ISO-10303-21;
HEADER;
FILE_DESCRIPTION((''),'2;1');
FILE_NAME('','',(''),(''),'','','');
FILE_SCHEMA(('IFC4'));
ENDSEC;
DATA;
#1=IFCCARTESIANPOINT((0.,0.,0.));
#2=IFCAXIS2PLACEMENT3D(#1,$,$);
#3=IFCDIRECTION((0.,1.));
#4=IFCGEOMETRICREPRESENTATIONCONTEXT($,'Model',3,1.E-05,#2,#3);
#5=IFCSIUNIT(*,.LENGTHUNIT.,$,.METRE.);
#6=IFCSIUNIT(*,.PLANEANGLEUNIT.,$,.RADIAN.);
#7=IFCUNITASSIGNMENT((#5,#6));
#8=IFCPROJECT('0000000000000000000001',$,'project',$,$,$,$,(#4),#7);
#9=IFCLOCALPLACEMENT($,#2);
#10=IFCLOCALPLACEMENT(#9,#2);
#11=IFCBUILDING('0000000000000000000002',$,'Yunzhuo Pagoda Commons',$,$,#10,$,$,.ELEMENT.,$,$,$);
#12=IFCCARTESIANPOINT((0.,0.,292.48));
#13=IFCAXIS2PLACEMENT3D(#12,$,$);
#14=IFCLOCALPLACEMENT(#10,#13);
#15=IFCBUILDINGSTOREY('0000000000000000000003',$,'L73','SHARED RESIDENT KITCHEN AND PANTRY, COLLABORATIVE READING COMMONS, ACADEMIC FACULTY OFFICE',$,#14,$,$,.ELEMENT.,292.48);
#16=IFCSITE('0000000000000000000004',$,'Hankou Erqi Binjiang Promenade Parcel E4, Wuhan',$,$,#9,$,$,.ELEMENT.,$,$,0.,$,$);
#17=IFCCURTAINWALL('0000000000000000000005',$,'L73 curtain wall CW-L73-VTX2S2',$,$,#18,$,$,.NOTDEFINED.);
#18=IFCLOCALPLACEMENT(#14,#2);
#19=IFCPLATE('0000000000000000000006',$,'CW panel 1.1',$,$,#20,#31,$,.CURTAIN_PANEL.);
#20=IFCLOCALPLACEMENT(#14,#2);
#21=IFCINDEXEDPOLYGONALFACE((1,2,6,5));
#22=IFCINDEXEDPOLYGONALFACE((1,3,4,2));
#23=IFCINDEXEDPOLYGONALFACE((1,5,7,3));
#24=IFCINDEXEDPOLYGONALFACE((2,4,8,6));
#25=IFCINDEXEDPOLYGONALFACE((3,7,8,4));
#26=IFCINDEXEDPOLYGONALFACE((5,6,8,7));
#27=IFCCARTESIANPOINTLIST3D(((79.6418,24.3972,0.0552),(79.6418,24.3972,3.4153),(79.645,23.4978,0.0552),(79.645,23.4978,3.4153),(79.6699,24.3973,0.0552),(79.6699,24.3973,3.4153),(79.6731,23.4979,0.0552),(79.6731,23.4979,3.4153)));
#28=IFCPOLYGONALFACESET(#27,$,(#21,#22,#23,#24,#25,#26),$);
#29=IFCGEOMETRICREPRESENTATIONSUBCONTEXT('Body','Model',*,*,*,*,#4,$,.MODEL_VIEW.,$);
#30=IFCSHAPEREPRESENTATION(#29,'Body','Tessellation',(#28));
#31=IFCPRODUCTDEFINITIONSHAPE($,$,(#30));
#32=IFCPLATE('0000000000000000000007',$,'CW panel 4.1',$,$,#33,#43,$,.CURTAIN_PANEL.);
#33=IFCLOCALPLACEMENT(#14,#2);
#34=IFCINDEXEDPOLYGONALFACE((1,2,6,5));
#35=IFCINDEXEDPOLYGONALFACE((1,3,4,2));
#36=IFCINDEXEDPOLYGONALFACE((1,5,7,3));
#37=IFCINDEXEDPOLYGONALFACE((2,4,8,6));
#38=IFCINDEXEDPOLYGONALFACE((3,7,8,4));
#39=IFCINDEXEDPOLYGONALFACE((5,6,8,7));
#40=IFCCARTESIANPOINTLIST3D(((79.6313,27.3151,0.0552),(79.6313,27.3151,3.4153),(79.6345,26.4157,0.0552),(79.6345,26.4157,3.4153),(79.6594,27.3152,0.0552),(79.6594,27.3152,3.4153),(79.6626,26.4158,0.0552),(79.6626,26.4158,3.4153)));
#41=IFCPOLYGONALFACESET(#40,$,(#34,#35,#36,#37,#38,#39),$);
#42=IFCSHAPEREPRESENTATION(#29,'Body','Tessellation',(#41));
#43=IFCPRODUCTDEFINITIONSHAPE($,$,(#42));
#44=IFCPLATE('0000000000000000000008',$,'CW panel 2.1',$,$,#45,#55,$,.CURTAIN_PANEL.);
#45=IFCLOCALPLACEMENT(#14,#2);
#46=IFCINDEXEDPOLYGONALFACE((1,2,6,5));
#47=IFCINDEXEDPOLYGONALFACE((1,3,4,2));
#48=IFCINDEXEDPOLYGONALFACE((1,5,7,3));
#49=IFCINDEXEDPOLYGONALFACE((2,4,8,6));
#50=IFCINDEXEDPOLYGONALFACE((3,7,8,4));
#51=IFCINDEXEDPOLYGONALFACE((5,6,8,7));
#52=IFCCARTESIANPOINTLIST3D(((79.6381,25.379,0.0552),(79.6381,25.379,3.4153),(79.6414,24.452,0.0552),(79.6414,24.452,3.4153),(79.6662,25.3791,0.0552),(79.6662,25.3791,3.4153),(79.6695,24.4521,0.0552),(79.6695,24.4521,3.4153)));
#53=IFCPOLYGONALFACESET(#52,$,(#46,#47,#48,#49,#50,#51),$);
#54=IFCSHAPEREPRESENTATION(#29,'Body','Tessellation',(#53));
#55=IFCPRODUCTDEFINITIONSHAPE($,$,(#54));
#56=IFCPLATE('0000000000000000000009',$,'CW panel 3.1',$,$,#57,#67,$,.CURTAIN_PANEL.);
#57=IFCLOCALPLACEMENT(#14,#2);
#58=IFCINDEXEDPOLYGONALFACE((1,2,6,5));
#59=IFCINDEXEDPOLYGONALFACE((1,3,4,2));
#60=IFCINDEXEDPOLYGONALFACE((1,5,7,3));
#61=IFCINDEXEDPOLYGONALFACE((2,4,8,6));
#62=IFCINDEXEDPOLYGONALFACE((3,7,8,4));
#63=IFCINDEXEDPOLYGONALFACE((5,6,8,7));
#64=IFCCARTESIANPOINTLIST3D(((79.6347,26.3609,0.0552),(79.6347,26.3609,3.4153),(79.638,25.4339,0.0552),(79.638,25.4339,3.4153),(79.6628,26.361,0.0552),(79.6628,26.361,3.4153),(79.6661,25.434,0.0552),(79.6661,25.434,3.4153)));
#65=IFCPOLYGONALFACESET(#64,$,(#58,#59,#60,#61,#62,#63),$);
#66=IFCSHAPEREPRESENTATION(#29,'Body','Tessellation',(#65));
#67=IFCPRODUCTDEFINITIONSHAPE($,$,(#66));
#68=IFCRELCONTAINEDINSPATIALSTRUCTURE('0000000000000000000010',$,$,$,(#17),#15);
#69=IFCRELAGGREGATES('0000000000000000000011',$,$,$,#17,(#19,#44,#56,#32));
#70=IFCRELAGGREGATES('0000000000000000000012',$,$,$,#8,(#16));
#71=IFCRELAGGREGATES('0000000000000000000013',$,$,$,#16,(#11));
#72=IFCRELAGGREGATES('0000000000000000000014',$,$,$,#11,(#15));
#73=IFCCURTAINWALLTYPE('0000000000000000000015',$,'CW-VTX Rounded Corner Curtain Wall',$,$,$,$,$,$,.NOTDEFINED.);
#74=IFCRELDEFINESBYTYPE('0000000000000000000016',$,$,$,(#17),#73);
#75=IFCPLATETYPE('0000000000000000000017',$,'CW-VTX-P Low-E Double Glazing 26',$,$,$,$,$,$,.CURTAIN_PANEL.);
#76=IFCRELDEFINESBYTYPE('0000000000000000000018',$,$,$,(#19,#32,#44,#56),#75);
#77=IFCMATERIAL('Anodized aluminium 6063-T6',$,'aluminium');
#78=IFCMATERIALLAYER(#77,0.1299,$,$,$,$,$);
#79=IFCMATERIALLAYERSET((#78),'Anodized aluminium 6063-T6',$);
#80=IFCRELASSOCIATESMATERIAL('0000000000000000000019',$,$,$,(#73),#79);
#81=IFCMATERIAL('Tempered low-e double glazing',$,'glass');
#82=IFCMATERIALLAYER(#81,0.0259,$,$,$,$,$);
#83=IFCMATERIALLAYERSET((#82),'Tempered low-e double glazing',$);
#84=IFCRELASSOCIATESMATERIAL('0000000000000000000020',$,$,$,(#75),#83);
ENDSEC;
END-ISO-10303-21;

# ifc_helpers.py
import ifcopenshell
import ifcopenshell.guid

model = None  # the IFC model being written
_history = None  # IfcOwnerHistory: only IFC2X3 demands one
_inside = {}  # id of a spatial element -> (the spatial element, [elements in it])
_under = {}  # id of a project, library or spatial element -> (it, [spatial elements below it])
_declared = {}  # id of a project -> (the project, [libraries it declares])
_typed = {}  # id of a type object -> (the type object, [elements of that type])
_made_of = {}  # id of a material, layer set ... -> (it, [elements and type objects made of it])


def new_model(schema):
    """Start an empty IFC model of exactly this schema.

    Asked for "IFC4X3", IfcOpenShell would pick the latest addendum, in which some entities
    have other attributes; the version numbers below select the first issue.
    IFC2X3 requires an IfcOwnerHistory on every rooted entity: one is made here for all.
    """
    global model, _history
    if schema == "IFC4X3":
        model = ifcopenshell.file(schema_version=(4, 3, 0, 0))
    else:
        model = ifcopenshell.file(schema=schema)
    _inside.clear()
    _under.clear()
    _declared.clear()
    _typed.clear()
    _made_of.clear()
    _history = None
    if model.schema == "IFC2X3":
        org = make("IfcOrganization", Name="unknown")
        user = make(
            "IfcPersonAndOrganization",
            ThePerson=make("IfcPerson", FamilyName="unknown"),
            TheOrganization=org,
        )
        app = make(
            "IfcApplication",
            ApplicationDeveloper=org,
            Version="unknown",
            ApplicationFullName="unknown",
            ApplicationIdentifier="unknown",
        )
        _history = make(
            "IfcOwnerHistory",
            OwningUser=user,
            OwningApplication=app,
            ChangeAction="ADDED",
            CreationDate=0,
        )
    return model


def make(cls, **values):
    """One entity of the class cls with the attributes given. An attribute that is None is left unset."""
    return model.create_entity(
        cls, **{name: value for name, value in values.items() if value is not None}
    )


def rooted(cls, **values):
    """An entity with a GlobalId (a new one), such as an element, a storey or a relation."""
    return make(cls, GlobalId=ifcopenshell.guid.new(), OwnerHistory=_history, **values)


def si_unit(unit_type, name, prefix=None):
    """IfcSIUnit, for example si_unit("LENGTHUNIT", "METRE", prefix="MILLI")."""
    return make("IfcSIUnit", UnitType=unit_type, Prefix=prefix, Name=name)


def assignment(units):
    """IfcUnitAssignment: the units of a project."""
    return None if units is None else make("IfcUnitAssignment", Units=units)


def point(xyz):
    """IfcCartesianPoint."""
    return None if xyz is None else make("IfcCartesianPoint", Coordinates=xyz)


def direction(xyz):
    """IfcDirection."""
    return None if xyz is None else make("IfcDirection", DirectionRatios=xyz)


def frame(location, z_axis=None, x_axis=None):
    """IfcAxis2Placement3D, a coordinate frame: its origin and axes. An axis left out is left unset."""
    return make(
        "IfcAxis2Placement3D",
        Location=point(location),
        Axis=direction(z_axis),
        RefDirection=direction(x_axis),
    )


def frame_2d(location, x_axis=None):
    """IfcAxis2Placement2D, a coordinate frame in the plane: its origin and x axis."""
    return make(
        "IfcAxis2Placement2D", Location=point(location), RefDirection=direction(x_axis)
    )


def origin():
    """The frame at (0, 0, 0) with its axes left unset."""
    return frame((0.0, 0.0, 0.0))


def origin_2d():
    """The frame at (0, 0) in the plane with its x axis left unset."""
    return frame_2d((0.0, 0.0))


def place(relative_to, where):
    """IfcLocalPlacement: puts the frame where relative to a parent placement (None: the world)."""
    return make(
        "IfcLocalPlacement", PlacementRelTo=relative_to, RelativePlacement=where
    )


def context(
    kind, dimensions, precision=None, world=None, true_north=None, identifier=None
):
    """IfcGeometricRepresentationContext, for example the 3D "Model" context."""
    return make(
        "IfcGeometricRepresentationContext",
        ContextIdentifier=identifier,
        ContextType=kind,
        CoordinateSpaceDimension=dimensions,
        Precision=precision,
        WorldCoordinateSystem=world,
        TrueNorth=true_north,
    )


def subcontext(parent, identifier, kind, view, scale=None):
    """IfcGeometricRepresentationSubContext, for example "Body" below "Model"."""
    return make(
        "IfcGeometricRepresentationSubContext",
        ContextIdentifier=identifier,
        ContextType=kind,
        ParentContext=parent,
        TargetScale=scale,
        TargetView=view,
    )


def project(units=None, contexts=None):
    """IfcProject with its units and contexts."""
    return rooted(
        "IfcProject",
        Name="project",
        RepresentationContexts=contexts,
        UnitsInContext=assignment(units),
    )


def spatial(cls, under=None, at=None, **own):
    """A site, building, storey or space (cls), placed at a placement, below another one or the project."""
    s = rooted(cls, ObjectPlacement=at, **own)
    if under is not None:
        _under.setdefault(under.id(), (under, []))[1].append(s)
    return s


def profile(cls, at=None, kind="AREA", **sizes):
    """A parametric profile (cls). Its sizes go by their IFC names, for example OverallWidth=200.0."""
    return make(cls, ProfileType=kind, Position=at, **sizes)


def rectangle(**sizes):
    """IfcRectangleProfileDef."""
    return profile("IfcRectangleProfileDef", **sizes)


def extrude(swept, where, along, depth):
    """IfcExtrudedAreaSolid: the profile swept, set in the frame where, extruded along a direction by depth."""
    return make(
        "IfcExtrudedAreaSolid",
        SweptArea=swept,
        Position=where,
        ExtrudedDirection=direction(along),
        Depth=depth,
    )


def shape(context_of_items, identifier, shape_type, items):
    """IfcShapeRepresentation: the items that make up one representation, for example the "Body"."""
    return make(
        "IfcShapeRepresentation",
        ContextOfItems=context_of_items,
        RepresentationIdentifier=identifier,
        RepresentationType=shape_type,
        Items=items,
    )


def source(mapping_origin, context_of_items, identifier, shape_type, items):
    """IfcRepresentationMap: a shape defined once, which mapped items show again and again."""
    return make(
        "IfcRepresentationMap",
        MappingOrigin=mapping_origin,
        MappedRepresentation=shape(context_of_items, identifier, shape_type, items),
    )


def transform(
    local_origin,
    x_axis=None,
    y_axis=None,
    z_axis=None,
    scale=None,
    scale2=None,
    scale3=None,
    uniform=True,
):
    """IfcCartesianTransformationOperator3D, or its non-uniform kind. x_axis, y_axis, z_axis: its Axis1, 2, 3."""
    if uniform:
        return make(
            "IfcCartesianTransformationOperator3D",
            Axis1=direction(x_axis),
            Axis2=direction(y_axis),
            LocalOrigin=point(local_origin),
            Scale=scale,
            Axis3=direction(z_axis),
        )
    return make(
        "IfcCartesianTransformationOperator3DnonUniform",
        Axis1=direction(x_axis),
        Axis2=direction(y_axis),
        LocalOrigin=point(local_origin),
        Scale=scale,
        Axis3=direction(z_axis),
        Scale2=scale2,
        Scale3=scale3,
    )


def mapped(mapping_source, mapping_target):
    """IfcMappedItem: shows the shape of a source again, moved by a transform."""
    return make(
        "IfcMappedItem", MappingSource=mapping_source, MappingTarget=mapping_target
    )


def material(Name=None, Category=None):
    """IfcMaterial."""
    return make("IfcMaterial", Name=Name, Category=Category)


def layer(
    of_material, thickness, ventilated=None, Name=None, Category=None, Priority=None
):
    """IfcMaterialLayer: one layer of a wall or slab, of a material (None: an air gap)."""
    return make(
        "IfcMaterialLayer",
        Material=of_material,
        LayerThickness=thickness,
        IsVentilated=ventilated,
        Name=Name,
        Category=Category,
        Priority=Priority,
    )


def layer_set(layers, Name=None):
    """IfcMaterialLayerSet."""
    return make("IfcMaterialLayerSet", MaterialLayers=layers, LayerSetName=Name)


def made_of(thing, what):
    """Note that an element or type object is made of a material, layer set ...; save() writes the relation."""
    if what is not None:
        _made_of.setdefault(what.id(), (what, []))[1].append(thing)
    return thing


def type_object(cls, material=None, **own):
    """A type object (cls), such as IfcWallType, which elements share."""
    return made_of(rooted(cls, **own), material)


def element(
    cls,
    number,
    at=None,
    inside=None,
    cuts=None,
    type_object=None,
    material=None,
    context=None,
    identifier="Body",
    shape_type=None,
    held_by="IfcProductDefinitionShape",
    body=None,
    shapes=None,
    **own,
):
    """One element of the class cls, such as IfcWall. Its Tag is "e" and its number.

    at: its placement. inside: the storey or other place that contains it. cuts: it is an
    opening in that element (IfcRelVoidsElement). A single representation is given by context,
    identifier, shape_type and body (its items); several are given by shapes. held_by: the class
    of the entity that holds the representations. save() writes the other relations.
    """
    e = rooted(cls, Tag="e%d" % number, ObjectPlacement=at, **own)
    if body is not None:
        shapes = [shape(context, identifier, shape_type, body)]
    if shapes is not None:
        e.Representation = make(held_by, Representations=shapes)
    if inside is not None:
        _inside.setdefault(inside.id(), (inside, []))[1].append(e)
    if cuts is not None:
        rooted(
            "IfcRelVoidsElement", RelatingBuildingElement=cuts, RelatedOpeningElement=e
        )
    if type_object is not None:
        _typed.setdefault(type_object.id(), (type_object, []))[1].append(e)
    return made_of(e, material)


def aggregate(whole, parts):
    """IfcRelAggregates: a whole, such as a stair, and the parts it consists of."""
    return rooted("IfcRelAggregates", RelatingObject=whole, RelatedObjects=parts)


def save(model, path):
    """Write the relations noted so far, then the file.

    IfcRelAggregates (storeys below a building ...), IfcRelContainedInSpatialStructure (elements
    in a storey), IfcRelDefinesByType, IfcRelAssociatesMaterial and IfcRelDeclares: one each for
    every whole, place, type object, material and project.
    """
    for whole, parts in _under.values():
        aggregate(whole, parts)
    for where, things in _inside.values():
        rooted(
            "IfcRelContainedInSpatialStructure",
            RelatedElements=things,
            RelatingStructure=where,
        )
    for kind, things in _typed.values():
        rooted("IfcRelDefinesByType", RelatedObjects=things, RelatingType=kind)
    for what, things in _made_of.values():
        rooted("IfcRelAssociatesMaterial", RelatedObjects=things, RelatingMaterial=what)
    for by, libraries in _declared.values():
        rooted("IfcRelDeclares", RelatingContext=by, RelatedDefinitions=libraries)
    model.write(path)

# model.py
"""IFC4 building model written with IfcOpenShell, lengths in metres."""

from ifc_helpers import new_model, si_unit, direction, frame, origin, origin_2d, place, context, subcontext, project, spatial, rectangle, extrude, source, transform, mapped, material, layer, layer_set, type_object, element, aggregate, save


model = new_model("IFC4")

# Units and contexts
model_context = context("Model", 3, precision=1e-05, world=origin(), true_north=direction((0.0, 1.0)))
body_context = subcontext(model_context, "Body", "Model", "MODEL_VIEW")
ifc_project = project(units=[si_unit("LENGTHUNIT", "METRE"), si_unit("PLANEANGLEUNIT", "RADIAN")], contexts=[model_context])

# Site, building, storey
site_placement = place(None, origin())
site = spatial("IfcSite", under=ifc_project, at=site_placement, Name="Hankou Erqi Binjiang Promenade Parcel E4, Wuhan", CompositionType="ELEMENT", RefElevation=0.0)
building_placement = place(site_placement, origin())
building = spatial("IfcBuilding", under=site, at=building_placement, Name="Yunzhuo Pagoda Commons", CompositionType="ELEMENT")
storey_placement = place(building_placement, frame((0.0, 0.0, 292.48)))
storey = spatial("IfcBuildingStorey", under=building, at=storey_placement, Name="L73", Description="SHARED RESIDENT KITCHEN AND PANTRY, COLLABORATIVE READING COMMONS, ACADEMIC FACULTY OFFICE", CompositionType="ELEMENT", Elevation=292.48)

# Shared definitions
ifc_material_1 = material(Name="Anodized aluminium 6063-T6", Category="aluminium")

# Curtain wall
ifc_layer_1 = layer(ifc_material_1, 0.1299)
ifc_layer_set_1 = layer_set([ifc_layer_1], Name="Anodized aluminium 6063-T6")
curtain_wall_type_1 = type_object("IfcCurtainWallType", Name="CW-VTX Rounded Corner Curtain Wall", PredefinedType="NOTDEFINED", material=ifc_layer_set_1)
curtain_wall_1_placement = place(storey_placement, origin())
curtain_wall_1 = element("IfcCurtainWall", 1, at=curtain_wall_1_placement, inside=storey, type_object=curtain_wall_type_1, Name="L73 curtain wall CW-L73-VTX2S2", PredefinedType="NOTDEFINED")

# Shared definitions
ifc_material_2 = material(Name="Tempered low-e double glazing", Category="glass")

# Shared definitions
ifc_layer_2 = layer(ifc_material_2, 0.0259)
ifc_layer_set_2 = layer_set([ifc_layer_2], Name="Tempered low-e double glazing")
plate_type_1 = type_object("IfcPlateType", Name="CW-VTX-P Low-E Double Glazing 26", PredefinedType="CURTAIN_PANEL", material=ifc_layer_set_2)
shared_shape_1 = source(origin(), body_context, "Body", "SweptSolid", [
    extrude(rectangle(XDim=0.8994, YDim=0.0281, at=origin_2d()), origin(), (0.0, 0.0, 1.0), 3.3601),
])

# Plates
plate_1_placement = place(storey_placement, frame((79.6575, 23.9475, 0.0552), z_axis=(0.0, 0.0, 1.0), x_axis=(-0.00359, 0.999994, 0.0)))
plate_1 = element("IfcPlate", 2, at=plate_1_placement, type_object=plate_type_1, Name="CW panel 1.1", PredefinedType="CURTAIN_PANEL", context=body_context, shape_type="MappedRepresentation", body=[
    mapped(shared_shape_1, transform((0.0, 0.0, 0.0), scale=1.0)),
])
plate_2_placement = place(storey_placement, frame((79.647, 26.8655, 0.0552), z_axis=(0.0, 0.0, 1.0), x_axis=(-0.00359, 0.999994, 0.0)))
plate_2 = element("IfcPlate", 3, at=plate_2_placement, type_object=plate_type_1, Name="CW panel 4.1", PredefinedType="CURTAIN_PANEL", context=body_context, shape_type="MappedRepresentation", body=[
    mapped(shared_shape_1, transform((0.0, 0.0, 0.0), scale=1.0)),
])
shared_shape_2 = source(origin(), body_context, "Body", "SweptSolid", [
    extrude(rectangle(XDim=0.927, YDim=0.0281, at=origin_2d()), origin(), (0.0, 0.0, 1.0), 3.3601),
])
plate_3_placement = place(storey_placement, frame((79.6538, 24.9155, 0.0552), z_axis=(0.0, 0.0, 1.0), x_axis=(-0.00359, 0.999994, 0.0)))
plate_3 = element("IfcPlate", 4, at=plate_3_placement, type_object=plate_type_1, Name="CW panel 2.1", PredefinedType="CURTAIN_PANEL", context=body_context, shape_type="MappedRepresentation", body=[
    mapped(shared_shape_2, transform((0.0, 0.0, 0.0), scale=1.0)),
])
plate_4_placement = place(storey_placement, frame((79.6504, 25.8975, 0.0552), z_axis=(0.0, 0.0, 1.0), x_axis=(-0.00359, 0.999994, 0.0)))
plate_4 = element("IfcPlate", 5, at=plate_4_placement, type_object=plate_type_1, Name="CW panel 3.1", PredefinedType="CURTAIN_PANEL", context=body_context, shape_type="MappedRepresentation", body=[
    mapped(shared_shape_2, transform((0.0, 0.0, 0.0), scale=1.0)),
])
aggregate(curtain_wall_1, [plate_1, plate_3, plate_4, plate_2])

save(model, "model.ifc")
